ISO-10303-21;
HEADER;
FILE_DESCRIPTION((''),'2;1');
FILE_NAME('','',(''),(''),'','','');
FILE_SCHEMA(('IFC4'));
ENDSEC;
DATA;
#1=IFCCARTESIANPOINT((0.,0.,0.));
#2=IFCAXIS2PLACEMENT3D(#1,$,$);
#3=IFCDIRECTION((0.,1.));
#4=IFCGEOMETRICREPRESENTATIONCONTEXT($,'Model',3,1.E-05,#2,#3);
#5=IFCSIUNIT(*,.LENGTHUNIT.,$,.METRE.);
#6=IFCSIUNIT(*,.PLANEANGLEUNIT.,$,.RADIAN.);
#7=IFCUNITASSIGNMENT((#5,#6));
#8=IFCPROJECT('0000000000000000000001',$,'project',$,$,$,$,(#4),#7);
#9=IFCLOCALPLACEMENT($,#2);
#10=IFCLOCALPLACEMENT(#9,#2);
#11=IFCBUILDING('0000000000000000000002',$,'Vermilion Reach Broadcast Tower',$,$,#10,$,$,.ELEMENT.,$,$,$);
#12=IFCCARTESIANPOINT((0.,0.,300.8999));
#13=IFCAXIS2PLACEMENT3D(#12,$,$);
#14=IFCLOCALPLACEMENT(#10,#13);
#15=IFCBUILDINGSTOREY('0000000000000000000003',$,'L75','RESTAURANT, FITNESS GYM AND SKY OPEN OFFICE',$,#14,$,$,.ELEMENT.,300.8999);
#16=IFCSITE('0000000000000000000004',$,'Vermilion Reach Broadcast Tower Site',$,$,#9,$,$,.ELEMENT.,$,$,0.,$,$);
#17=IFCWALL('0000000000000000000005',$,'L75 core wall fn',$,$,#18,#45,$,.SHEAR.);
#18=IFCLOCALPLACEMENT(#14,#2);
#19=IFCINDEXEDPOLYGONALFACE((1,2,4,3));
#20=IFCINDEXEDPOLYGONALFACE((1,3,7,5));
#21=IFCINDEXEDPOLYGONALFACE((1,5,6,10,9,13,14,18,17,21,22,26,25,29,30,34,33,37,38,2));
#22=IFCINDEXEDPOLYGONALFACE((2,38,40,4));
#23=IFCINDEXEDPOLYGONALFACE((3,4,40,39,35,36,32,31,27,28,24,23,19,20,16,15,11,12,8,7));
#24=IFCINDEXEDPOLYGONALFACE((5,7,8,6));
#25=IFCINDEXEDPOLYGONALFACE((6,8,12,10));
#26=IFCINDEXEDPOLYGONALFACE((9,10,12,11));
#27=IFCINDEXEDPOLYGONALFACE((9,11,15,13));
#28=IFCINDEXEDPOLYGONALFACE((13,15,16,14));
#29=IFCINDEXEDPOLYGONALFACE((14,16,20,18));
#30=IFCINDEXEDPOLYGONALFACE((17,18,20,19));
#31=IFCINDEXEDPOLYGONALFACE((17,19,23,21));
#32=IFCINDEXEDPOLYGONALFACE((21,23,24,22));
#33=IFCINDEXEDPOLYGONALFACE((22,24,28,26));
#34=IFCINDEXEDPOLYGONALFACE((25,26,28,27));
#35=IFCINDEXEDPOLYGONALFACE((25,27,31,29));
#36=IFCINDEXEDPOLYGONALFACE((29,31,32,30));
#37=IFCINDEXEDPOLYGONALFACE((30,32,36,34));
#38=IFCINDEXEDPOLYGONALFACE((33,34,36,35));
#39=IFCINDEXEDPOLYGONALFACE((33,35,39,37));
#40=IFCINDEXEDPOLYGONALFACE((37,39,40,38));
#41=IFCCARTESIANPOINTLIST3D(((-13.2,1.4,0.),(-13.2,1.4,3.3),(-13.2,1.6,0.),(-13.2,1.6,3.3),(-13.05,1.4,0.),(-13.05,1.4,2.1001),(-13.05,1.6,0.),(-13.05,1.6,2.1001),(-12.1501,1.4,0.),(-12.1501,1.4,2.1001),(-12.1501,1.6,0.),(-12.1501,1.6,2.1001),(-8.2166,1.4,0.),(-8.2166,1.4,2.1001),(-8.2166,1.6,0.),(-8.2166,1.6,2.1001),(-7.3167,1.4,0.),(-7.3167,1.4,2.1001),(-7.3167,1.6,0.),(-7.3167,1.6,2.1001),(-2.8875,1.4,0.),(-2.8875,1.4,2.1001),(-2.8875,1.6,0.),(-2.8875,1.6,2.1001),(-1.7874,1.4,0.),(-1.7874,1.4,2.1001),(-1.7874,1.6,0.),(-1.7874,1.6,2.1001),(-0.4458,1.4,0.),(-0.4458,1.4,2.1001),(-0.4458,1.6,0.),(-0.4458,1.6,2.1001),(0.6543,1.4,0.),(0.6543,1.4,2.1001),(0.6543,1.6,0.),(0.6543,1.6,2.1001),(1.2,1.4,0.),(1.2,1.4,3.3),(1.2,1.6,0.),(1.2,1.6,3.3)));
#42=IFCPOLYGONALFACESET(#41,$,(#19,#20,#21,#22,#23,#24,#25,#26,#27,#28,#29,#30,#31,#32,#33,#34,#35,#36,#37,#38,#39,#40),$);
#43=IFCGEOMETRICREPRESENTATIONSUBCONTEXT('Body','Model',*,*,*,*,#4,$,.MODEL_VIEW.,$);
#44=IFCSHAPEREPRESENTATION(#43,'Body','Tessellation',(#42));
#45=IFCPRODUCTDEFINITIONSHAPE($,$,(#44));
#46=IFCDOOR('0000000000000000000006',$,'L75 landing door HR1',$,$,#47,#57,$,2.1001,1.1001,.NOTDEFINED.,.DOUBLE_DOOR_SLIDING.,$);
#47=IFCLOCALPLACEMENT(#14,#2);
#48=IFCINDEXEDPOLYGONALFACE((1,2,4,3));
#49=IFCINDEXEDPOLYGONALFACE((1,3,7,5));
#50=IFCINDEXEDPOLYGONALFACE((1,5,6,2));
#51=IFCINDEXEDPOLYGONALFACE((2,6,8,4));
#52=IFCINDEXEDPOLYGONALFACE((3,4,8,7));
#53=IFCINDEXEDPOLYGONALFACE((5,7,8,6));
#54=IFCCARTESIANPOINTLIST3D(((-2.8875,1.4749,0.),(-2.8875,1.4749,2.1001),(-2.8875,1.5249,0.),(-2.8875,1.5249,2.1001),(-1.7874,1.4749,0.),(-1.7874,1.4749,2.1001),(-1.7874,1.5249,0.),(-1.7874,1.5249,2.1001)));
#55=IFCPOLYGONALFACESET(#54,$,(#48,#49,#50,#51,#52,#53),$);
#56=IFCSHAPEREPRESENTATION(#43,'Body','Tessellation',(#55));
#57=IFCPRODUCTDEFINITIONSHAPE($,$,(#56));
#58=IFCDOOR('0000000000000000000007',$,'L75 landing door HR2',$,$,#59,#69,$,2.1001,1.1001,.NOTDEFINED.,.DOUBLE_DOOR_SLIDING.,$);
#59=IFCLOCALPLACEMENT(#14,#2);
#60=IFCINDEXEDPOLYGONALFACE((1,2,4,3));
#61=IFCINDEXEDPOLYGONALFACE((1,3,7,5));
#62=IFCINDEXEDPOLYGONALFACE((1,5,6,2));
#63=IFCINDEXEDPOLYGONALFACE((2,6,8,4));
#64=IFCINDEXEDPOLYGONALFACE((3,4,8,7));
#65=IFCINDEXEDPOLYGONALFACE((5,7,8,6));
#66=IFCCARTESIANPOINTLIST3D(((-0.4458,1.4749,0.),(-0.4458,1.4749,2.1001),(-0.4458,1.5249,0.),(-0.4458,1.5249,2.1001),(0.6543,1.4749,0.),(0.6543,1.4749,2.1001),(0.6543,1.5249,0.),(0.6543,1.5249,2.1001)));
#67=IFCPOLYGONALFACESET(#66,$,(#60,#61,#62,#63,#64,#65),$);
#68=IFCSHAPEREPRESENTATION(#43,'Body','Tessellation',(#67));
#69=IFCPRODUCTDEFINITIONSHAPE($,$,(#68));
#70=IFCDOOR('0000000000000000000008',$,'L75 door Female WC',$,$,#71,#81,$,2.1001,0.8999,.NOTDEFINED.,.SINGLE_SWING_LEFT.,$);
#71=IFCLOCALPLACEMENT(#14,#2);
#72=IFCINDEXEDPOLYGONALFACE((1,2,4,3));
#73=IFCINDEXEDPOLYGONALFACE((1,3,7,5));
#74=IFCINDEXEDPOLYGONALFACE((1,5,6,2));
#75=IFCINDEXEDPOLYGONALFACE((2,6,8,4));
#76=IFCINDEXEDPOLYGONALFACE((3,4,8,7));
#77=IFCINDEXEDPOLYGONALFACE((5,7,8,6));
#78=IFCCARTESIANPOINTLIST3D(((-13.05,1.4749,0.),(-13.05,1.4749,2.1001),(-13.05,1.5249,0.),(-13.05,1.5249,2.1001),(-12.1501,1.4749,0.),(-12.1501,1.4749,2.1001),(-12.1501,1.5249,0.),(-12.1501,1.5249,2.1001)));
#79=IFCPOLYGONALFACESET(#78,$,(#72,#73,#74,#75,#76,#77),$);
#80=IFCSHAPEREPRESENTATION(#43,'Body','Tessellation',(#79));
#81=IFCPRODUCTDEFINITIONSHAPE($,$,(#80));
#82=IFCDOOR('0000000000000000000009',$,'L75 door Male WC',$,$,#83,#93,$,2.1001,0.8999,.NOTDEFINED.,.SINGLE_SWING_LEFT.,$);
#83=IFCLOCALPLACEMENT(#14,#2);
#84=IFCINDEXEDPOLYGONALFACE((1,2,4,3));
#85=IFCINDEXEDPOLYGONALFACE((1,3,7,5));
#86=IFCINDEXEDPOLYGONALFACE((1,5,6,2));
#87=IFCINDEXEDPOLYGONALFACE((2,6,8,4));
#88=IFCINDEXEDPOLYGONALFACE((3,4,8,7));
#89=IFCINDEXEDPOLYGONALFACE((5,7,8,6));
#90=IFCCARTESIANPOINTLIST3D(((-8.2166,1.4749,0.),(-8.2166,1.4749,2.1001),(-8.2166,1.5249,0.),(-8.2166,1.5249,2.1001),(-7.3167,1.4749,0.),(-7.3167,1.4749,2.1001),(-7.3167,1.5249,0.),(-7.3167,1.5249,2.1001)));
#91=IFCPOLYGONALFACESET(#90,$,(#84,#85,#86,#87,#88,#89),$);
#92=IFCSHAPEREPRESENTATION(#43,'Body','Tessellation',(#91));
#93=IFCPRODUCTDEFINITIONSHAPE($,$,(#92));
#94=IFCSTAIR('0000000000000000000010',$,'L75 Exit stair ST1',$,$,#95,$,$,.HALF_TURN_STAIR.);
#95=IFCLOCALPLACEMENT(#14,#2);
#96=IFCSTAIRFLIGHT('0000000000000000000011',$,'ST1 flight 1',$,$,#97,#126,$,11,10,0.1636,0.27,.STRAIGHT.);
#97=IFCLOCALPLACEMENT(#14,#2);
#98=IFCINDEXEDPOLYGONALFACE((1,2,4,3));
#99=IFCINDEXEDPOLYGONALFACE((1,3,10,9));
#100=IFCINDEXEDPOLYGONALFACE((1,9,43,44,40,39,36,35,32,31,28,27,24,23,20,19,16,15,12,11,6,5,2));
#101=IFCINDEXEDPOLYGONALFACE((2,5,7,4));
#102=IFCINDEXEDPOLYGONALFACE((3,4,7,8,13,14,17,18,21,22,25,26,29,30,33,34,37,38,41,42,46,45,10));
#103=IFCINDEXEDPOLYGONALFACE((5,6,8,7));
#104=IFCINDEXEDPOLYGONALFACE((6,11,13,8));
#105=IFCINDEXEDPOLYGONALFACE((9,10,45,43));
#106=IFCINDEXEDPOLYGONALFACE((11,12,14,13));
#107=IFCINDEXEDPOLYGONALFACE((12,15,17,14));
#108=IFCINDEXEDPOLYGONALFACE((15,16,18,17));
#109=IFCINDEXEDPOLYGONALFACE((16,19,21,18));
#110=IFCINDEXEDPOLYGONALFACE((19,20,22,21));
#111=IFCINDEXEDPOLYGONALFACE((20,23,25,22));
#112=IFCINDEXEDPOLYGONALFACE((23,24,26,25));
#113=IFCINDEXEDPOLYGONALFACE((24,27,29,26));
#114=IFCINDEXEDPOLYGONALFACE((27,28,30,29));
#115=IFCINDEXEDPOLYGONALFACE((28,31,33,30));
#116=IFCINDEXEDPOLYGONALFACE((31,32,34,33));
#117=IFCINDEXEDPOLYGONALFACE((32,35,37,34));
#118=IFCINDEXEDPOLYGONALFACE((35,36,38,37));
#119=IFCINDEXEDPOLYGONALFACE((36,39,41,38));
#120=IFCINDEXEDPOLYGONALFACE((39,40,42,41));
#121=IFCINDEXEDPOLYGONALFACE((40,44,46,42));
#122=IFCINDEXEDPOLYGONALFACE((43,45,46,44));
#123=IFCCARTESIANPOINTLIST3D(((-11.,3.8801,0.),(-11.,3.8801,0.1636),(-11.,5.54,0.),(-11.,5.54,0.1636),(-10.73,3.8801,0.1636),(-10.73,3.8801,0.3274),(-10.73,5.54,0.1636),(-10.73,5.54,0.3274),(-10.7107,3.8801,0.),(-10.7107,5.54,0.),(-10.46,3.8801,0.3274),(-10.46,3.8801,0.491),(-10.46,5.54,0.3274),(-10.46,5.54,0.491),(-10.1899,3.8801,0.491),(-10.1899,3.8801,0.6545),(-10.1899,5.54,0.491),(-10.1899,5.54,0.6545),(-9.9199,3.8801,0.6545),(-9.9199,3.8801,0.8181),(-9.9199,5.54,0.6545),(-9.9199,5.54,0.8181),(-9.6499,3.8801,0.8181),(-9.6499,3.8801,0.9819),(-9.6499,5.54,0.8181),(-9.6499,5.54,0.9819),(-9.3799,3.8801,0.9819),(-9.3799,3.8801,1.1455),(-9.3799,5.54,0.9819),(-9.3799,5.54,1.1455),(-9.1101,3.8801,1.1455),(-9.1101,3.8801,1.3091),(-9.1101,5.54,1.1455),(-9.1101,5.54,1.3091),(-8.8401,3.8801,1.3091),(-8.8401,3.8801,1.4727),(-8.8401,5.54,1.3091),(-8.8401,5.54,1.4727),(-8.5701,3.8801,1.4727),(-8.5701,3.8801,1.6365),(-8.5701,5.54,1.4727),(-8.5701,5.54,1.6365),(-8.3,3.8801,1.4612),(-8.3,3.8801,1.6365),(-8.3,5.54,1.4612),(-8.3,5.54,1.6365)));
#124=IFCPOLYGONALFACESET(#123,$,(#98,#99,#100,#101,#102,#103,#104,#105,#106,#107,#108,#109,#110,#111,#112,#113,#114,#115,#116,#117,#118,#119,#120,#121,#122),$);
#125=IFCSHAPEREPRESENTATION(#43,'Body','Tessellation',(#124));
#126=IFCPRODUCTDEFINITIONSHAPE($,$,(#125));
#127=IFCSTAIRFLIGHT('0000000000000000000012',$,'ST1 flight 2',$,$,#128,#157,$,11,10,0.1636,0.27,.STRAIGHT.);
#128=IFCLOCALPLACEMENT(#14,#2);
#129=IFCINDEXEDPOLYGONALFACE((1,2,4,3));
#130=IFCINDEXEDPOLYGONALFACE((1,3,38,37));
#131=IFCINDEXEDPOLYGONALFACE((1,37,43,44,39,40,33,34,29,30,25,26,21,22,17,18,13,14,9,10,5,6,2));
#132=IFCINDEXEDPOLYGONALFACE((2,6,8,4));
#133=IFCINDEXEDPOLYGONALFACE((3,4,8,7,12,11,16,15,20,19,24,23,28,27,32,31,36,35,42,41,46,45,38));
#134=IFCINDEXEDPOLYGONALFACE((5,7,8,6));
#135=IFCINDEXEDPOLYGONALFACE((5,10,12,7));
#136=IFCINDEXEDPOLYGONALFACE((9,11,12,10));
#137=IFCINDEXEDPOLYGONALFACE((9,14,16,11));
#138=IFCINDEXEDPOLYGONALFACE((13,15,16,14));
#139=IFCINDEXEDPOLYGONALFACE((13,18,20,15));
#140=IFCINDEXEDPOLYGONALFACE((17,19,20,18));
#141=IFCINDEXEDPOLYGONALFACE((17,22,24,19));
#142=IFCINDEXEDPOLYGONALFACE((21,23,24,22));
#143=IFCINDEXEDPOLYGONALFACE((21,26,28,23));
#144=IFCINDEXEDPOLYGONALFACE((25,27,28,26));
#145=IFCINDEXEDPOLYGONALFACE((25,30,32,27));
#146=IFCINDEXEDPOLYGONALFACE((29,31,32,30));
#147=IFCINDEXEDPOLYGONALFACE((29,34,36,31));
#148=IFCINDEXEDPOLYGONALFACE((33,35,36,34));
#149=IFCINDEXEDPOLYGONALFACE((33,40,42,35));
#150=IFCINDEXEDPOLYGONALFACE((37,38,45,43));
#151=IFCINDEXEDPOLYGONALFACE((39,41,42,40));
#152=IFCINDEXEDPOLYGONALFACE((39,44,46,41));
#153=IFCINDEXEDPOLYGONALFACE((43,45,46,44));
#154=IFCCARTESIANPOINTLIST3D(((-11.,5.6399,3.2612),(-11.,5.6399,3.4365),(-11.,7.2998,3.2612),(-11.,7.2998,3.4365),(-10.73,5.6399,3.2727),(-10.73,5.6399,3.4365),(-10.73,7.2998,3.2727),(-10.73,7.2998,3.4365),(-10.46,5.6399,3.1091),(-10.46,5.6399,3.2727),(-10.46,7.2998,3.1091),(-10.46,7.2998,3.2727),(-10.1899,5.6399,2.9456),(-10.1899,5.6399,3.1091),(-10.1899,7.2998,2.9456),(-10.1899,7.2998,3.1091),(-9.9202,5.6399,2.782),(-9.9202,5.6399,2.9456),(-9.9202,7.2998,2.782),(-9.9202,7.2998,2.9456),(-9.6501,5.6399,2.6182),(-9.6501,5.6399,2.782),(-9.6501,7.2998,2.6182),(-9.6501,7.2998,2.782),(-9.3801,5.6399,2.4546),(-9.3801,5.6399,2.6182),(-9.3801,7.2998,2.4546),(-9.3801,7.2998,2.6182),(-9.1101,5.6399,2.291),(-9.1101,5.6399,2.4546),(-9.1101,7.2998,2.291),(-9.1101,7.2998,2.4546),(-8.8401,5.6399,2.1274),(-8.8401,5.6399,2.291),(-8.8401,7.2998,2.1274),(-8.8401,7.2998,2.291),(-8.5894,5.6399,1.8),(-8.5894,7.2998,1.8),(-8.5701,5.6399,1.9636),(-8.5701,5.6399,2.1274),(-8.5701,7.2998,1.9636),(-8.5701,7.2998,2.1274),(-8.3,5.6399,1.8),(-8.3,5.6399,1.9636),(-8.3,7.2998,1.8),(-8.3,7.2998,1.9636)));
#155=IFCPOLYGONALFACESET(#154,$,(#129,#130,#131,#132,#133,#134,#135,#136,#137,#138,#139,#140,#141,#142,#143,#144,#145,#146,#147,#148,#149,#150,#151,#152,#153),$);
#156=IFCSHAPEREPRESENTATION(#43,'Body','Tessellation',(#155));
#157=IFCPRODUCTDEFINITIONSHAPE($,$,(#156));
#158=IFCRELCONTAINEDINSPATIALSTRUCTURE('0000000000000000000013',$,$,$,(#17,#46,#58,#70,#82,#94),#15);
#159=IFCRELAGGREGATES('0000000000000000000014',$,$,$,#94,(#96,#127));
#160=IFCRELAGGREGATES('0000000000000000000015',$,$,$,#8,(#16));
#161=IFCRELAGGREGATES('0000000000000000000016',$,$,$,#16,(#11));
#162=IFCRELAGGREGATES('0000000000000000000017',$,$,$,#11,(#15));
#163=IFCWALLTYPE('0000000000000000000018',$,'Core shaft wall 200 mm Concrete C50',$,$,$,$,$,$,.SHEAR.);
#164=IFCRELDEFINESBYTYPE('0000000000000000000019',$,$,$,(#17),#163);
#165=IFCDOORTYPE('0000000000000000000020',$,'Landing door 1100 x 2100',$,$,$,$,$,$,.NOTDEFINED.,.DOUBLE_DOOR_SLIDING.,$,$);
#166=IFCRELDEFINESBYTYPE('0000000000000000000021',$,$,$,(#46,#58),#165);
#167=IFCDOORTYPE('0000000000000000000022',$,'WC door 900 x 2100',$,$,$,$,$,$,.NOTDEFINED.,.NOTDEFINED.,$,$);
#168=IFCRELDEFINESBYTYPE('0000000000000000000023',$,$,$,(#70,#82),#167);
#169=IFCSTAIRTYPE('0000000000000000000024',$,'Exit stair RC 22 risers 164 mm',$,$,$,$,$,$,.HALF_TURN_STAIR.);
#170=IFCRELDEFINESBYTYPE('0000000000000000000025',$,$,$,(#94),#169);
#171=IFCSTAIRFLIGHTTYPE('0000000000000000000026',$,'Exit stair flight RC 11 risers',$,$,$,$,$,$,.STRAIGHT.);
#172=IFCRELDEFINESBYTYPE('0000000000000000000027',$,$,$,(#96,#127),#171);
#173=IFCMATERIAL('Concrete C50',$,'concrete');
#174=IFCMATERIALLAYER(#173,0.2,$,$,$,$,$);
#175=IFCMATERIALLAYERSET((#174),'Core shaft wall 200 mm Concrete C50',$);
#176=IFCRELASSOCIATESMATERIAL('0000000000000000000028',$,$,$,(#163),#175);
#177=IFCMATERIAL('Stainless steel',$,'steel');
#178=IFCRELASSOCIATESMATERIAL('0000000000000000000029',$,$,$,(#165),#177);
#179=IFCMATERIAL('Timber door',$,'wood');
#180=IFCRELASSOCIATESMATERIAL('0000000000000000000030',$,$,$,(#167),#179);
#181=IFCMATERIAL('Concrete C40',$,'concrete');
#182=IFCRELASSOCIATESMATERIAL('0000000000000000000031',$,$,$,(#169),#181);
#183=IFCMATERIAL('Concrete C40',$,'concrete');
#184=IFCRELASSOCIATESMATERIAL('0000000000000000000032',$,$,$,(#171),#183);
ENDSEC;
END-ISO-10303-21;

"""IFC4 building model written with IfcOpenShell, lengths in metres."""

from ifc_helpers import new_model, si_unit, direction, frame, frame_2d, origin, place, context, subcontext, project, spatial, polyline, rectangle, outline, extrude, material, layer, layer_set, type_object, element, fill, aggregate, save


model = new_model("IFC4")

# Units and contexts
model_context = context("Model", 3, precision=1e-05, world=origin(), true_north=direction((0.0, 1.0)))
body_context = subcontext(model_context, "Body", "Model", "MODEL_VIEW")
ifc_project = project(units=[si_unit("LENGTHUNIT", "METRE"), si_unit("PLANEANGLEUNIT", "RADIAN")], contexts=[model_context])

# Site, building, storey
site_placement = place(None, origin())
site = spatial("IfcSite", under=ifc_project, at=site_placement, Name="Vermilion Reach Broadcast Tower Site", CompositionType="ELEMENT", RefElevation=0.0)
building_placement = place(site_placement, origin())
building = spatial("IfcBuilding", under=site, at=building_placement, Name="Vermilion Reach Broadcast Tower", CompositionType="ELEMENT")
storey_placement = place(building_placement, frame((0.0, 0.0, 300.8999)))
storey = spatial("IfcBuildingStorey", under=building, at=storey_placement, Name="L75", Description="RESTAURANT, FITNESS GYM AND SKY OPEN OFFICE", CompositionType="ELEMENT", Elevation=300.8999)

# Wall, openings, doors
ifc_material_1 = material(Name="Concrete C50", Category="concrete")
ifc_layer_1 = layer(ifc_material_1, 0.2)
ifc_layer_set_1 = layer_set([ifc_layer_1], Name="Core shaft wall 200 mm Concrete C50")
wall_type_1 = type_object("IfcWallType", Name="Core shaft wall 200 mm Concrete C50", PredefinedType="SHEAR", material=ifc_layer_set_1)
wall_1_placement = place(storey_placement, frame((-13.2, 1.5, 0.0), z_axis=(0.0, 0.0, 1.0), x_axis=(1.0, 0.0, 0.0)))
wall_1 = element("IfcWall", 1, at=wall_1_placement, inside=storey, type_object=wall_type_1, Name="L75 core wall fn", PredefinedType="SHEAR", context=body_context, shape_type="SweptSolid", body=[
    extrude(rectangle(XDim=14.3999, YDim=0.2, at=frame_2d((7.2, 0.0))), origin(), (0.0, 0.0, 1.0), 3.3),
])
opening_1_placement = place(wall_1_placement, frame((10.3125, 0.0, 0.0)))
opening_1 = element("IfcOpeningElement", 2, at=opening_1_placement, cuts=wall_1, PredefinedType="OPENING", context=body_context, shape_type="SweptSolid", body=[
    extrude(rectangle(XDim=1.1001, YDim=2.1001, at=frame_2d((0.55, 1.05))), frame((0.0, 0.1099, 0.0), z_axis=(0.0, -1.0, 0.0), x_axis=(1.0, 0.0, 0.0)), (0.0, 0.0, 1.0), 0.22),
])
opening_2_placement = place(wall_1_placement, frame((12.7542, 0.0, 0.0)))
opening_2 = element("IfcOpeningElement", 3, at=opening_2_placement, cuts=wall_1, PredefinedType="OPENING", context=body_context, shape_type="SweptSolid", body=[
    extrude(rectangle(XDim=1.1001, YDim=2.1001, at=frame_2d((0.55, 1.05))), frame((0.0, 0.1099, 0.0), z_axis=(0.0, -1.0, 0.0), x_axis=(1.0, 0.0, 0.0)), (0.0, 0.0, 1.0), 0.22),
])
opening_3_placement = place(wall_1_placement, frame((0.1499, 0.0, 0.0)))
opening_3 = element("IfcOpeningElement", 4, at=opening_3_placement, cuts=wall_1, PredefinedType="OPENING", context=body_context, shape_type="SweptSolid", body=[
    extrude(rectangle(XDim=0.8999, YDim=2.1001, at=frame_2d((0.45, 1.05))), frame((0.0, 0.1099, 0.0), z_axis=(0.0, -1.0, 0.0), x_axis=(1.0, 0.0, 0.0)), (0.0, 0.0, 1.0), 0.22),
])
opening_4_placement = place(wall_1_placement, frame((4.9834, 0.0, 0.0)))
opening_4 = element("IfcOpeningElement", 5, at=opening_4_placement, cuts=wall_1, PredefinedType="OPENING", context=body_context, shape_type="SweptSolid", body=[
    extrude(rectangle(XDim=0.8999, YDim=2.1001, at=frame_2d((0.45, 1.05))), frame((0.0, 0.1099, 0.0), z_axis=(0.0, -1.0, 0.0), x_axis=(1.0, 0.0, 0.0)), (0.0, 0.0, 1.0), 0.22),
])
ifc_material_2 = material(Name="Stainless steel", Category="steel")
door_type_1 = type_object("IfcDoorType", Name="Landing door 1100 x 2100", OperationType="DOUBLE_DOOR_SLIDING", PredefinedType="NOTDEFINED", material=ifc_material_2)
door_1_placement = place(opening_1_placement, origin())
door_1 = element("IfcDoor", 6, at=door_1_placement, inside=storey, type_object=door_type_1, Name="L75 landing door HR1", OperationType="DOUBLE_DOOR_SLIDING", OverallHeight=2.1001, OverallWidth=1.1001, PredefinedType="NOTDEFINED", context=body_context, shape_type="SweptSolid", body=[
    extrude(rectangle(XDim=1.1001, YDim=2.1001, at=frame_2d((0.55, 1.05))), frame((0.0, 0.0249, 0.0), z_axis=(0.0, -1.0, 0.0), x_axis=(1.0, 0.0, 0.0)), (0.0, 0.0, 1.0), 0.05),
])
fill(opening_1, door_1)
door_2_placement = place(opening_2_placement, origin())
door_2 = element("IfcDoor", 7, at=door_2_placement, inside=storey, type_object=door_type_1, Name="L75 landing door HR2", OperationType="DOUBLE_DOOR_SLIDING", OverallHeight=2.1001, OverallWidth=1.1001, PredefinedType="NOTDEFINED", context=body_context, shape_type="SweptSolid", body=[
    extrude(rectangle(XDim=1.1001, YDim=2.1001, at=frame_2d((0.55, 1.05))), frame((0.0, 0.0249, 0.0), z_axis=(0.0, -1.0, 0.0), x_axis=(1.0, 0.0, 0.0)), (0.0, 0.0, 1.0), 0.05),
])
fill(opening_2, door_2)
ifc_material_3 = material(Name="Timber door", Category="wood")
door_type_2 = type_object("IfcDoorType", Name="WC door 900 x 2100", OperationType="NOTDEFINED", PredefinedType="NOTDEFINED", material=ifc_material_3)
door_3_placement = place(opening_3_placement, origin())
door_3 = element("IfcDoor", 8, at=door_3_placement, inside=storey, type_object=door_type_2, Name="L75 door Female WC", OperationType="SINGLE_SWING_LEFT", OverallHeight=2.1001, OverallWidth=0.8999, PredefinedType="NOTDEFINED", context=body_context, shape_type="SweptSolid", body=[
    extrude(rectangle(XDim=0.8999, YDim=2.1001, at=frame_2d((0.45, 1.05))), frame((0.0, 0.0249, 0.0), z_axis=(0.0, -1.0, 0.0), x_axis=(1.0, 0.0, 0.0)), (0.0, 0.0, 1.0), 0.05),
])
fill(opening_3, door_3)
door_4_placement = place(opening_4_placement, origin())
door_4 = element("IfcDoor", 9, at=door_4_placement, inside=storey, type_object=door_type_2, Name="L75 door Male WC", OperationType="SINGLE_SWING_LEFT", OverallHeight=2.1001, OverallWidth=0.8999, PredefinedType="NOTDEFINED", context=body_context, shape_type="SweptSolid", body=[
    extrude(rectangle(XDim=0.8999, YDim=2.1001, at=frame_2d((0.45, 1.05))), frame((0.0, 0.0249, 0.0), z_axis=(0.0, -1.0, 0.0), x_axis=(1.0, 0.0, 0.0)), (0.0, 0.0, 1.0), 0.05),
])
fill(opening_4, door_4)

# Stair, stair flights
ifc_material_4 = material(Name="Concrete C40", Category="concrete")
stair_type = type_object("IfcStairType", Name="Exit stair RC 22 risers 164 mm", PredefinedType="HALF_TURN_STAIR", material=ifc_material_4)
stair_placement = place(storey_placement, origin())
stair = element("IfcStair", 10, at=stair_placement, inside=storey, type_object=stair_type, Name="L75 Exit stair ST1", PredefinedType="HALF_TURN_STAIR")
ifc_material_5 = material(Name="Concrete C40", Category="concrete")
stair_flight_type = type_object("IfcStairFlightType", Name="Exit stair flight RC 11 risers", PredefinedType="STRAIGHT", material=ifc_material_5)
stair_flight_1_placement = place(storey_placement, frame((-11.0, 4.71, 0.0), z_axis=(0.0, 0.0, 1.0), x_axis=(1.0, 0.0, 0.0)))
stair_flight_1 = element("IfcStairFlight", 11, at=stair_flight_1_placement, type_object=stair_flight_type, Name="ST1 flight 1", NumberOfRisers=11, NumberOfTreads=10, PredefinedType="STRAIGHT", RiserHeight=0.1636, TreadLength=0.27, context=body_context, shape_type="SweptSolid", body=[
    extrude(outline(polyline([(0.0, 0.0), (0.0, 0.1636), (0.27, 0.1636), (0.27, 0.3274), (0.54, 0.3274), (0.54, 0.491), (0.8101, 0.491), (0.8101, 0.6545), (1.0801, 0.6545), (1.0801, 0.8181), (1.3501, 0.8181), (1.3501, 0.9819), (1.6201, 0.9819), (1.6201, 1.1455), (1.8899, 1.1455), (1.8899, 1.3091), (2.1599, 1.3091), (2.1599, 1.4727), (2.4299, 1.4727), (2.4299, 1.6365), (2.7, 1.6365), (2.7, 1.8), (2.7, 1.4612), (0.2893, 0.0), (0.0, 0.0)])), frame((0.0, 0.8301, 0.0), z_axis=(0.0, -1.0, 0.0), x_axis=(1.0, 0.0, 0.0)), (0.0, 0.0, 1.0), 1.6599),
])
stair_flight_2_placement = place(storey_placement, frame((-8.3, 6.47, 1.8), z_axis=(0.0, 0.0, 1.0), x_axis=(-1.0, 0.0, 0.0)))
stair_flight_2 = element("IfcStairFlight", 12, at=stair_flight_2_placement, type_object=stair_flight_type, Name="ST1 flight 2", NumberOfRisers=11, NumberOfTreads=10, PredefinedType="STRAIGHT", RiserHeight=0.1636, TreadLength=0.27, context=body_context, shape_type="SweptSolid", body=[
    extrude(outline(polyline([(0.0, 0.0), (0.0, 0.1636), (0.27, 0.1636), (0.27, 0.3274), (0.54, 0.3274), (0.54, 0.491), (0.8101, 0.491), (0.8101, 0.6545), (1.0801, 0.6545), (1.0801, 0.8181), (1.3501, 0.8181), (1.3501, 0.9819), (1.6201, 0.9819), (1.6201, 1.1455), (1.8899, 1.1455), (1.8899, 1.3091), (2.1599, 1.3091), (2.1599, 1.4727), (2.4299, 1.4727), (2.4299, 1.6365), (2.7, 1.6365), (2.7, 1.8), (2.7, 1.4612), (0.2893, 0.0), (0.0, 0.0)])), frame((0.0, 0.8301, 0.0), z_axis=(0.0, -1.0, 0.0), x_axis=(1.0, 0.0, 0.0)), (0.0, 0.0, 1.0), 1.6599),
])
aggregate(stair, [stair_flight_1, stair_flight_2])

save(model, "model.ifc")
